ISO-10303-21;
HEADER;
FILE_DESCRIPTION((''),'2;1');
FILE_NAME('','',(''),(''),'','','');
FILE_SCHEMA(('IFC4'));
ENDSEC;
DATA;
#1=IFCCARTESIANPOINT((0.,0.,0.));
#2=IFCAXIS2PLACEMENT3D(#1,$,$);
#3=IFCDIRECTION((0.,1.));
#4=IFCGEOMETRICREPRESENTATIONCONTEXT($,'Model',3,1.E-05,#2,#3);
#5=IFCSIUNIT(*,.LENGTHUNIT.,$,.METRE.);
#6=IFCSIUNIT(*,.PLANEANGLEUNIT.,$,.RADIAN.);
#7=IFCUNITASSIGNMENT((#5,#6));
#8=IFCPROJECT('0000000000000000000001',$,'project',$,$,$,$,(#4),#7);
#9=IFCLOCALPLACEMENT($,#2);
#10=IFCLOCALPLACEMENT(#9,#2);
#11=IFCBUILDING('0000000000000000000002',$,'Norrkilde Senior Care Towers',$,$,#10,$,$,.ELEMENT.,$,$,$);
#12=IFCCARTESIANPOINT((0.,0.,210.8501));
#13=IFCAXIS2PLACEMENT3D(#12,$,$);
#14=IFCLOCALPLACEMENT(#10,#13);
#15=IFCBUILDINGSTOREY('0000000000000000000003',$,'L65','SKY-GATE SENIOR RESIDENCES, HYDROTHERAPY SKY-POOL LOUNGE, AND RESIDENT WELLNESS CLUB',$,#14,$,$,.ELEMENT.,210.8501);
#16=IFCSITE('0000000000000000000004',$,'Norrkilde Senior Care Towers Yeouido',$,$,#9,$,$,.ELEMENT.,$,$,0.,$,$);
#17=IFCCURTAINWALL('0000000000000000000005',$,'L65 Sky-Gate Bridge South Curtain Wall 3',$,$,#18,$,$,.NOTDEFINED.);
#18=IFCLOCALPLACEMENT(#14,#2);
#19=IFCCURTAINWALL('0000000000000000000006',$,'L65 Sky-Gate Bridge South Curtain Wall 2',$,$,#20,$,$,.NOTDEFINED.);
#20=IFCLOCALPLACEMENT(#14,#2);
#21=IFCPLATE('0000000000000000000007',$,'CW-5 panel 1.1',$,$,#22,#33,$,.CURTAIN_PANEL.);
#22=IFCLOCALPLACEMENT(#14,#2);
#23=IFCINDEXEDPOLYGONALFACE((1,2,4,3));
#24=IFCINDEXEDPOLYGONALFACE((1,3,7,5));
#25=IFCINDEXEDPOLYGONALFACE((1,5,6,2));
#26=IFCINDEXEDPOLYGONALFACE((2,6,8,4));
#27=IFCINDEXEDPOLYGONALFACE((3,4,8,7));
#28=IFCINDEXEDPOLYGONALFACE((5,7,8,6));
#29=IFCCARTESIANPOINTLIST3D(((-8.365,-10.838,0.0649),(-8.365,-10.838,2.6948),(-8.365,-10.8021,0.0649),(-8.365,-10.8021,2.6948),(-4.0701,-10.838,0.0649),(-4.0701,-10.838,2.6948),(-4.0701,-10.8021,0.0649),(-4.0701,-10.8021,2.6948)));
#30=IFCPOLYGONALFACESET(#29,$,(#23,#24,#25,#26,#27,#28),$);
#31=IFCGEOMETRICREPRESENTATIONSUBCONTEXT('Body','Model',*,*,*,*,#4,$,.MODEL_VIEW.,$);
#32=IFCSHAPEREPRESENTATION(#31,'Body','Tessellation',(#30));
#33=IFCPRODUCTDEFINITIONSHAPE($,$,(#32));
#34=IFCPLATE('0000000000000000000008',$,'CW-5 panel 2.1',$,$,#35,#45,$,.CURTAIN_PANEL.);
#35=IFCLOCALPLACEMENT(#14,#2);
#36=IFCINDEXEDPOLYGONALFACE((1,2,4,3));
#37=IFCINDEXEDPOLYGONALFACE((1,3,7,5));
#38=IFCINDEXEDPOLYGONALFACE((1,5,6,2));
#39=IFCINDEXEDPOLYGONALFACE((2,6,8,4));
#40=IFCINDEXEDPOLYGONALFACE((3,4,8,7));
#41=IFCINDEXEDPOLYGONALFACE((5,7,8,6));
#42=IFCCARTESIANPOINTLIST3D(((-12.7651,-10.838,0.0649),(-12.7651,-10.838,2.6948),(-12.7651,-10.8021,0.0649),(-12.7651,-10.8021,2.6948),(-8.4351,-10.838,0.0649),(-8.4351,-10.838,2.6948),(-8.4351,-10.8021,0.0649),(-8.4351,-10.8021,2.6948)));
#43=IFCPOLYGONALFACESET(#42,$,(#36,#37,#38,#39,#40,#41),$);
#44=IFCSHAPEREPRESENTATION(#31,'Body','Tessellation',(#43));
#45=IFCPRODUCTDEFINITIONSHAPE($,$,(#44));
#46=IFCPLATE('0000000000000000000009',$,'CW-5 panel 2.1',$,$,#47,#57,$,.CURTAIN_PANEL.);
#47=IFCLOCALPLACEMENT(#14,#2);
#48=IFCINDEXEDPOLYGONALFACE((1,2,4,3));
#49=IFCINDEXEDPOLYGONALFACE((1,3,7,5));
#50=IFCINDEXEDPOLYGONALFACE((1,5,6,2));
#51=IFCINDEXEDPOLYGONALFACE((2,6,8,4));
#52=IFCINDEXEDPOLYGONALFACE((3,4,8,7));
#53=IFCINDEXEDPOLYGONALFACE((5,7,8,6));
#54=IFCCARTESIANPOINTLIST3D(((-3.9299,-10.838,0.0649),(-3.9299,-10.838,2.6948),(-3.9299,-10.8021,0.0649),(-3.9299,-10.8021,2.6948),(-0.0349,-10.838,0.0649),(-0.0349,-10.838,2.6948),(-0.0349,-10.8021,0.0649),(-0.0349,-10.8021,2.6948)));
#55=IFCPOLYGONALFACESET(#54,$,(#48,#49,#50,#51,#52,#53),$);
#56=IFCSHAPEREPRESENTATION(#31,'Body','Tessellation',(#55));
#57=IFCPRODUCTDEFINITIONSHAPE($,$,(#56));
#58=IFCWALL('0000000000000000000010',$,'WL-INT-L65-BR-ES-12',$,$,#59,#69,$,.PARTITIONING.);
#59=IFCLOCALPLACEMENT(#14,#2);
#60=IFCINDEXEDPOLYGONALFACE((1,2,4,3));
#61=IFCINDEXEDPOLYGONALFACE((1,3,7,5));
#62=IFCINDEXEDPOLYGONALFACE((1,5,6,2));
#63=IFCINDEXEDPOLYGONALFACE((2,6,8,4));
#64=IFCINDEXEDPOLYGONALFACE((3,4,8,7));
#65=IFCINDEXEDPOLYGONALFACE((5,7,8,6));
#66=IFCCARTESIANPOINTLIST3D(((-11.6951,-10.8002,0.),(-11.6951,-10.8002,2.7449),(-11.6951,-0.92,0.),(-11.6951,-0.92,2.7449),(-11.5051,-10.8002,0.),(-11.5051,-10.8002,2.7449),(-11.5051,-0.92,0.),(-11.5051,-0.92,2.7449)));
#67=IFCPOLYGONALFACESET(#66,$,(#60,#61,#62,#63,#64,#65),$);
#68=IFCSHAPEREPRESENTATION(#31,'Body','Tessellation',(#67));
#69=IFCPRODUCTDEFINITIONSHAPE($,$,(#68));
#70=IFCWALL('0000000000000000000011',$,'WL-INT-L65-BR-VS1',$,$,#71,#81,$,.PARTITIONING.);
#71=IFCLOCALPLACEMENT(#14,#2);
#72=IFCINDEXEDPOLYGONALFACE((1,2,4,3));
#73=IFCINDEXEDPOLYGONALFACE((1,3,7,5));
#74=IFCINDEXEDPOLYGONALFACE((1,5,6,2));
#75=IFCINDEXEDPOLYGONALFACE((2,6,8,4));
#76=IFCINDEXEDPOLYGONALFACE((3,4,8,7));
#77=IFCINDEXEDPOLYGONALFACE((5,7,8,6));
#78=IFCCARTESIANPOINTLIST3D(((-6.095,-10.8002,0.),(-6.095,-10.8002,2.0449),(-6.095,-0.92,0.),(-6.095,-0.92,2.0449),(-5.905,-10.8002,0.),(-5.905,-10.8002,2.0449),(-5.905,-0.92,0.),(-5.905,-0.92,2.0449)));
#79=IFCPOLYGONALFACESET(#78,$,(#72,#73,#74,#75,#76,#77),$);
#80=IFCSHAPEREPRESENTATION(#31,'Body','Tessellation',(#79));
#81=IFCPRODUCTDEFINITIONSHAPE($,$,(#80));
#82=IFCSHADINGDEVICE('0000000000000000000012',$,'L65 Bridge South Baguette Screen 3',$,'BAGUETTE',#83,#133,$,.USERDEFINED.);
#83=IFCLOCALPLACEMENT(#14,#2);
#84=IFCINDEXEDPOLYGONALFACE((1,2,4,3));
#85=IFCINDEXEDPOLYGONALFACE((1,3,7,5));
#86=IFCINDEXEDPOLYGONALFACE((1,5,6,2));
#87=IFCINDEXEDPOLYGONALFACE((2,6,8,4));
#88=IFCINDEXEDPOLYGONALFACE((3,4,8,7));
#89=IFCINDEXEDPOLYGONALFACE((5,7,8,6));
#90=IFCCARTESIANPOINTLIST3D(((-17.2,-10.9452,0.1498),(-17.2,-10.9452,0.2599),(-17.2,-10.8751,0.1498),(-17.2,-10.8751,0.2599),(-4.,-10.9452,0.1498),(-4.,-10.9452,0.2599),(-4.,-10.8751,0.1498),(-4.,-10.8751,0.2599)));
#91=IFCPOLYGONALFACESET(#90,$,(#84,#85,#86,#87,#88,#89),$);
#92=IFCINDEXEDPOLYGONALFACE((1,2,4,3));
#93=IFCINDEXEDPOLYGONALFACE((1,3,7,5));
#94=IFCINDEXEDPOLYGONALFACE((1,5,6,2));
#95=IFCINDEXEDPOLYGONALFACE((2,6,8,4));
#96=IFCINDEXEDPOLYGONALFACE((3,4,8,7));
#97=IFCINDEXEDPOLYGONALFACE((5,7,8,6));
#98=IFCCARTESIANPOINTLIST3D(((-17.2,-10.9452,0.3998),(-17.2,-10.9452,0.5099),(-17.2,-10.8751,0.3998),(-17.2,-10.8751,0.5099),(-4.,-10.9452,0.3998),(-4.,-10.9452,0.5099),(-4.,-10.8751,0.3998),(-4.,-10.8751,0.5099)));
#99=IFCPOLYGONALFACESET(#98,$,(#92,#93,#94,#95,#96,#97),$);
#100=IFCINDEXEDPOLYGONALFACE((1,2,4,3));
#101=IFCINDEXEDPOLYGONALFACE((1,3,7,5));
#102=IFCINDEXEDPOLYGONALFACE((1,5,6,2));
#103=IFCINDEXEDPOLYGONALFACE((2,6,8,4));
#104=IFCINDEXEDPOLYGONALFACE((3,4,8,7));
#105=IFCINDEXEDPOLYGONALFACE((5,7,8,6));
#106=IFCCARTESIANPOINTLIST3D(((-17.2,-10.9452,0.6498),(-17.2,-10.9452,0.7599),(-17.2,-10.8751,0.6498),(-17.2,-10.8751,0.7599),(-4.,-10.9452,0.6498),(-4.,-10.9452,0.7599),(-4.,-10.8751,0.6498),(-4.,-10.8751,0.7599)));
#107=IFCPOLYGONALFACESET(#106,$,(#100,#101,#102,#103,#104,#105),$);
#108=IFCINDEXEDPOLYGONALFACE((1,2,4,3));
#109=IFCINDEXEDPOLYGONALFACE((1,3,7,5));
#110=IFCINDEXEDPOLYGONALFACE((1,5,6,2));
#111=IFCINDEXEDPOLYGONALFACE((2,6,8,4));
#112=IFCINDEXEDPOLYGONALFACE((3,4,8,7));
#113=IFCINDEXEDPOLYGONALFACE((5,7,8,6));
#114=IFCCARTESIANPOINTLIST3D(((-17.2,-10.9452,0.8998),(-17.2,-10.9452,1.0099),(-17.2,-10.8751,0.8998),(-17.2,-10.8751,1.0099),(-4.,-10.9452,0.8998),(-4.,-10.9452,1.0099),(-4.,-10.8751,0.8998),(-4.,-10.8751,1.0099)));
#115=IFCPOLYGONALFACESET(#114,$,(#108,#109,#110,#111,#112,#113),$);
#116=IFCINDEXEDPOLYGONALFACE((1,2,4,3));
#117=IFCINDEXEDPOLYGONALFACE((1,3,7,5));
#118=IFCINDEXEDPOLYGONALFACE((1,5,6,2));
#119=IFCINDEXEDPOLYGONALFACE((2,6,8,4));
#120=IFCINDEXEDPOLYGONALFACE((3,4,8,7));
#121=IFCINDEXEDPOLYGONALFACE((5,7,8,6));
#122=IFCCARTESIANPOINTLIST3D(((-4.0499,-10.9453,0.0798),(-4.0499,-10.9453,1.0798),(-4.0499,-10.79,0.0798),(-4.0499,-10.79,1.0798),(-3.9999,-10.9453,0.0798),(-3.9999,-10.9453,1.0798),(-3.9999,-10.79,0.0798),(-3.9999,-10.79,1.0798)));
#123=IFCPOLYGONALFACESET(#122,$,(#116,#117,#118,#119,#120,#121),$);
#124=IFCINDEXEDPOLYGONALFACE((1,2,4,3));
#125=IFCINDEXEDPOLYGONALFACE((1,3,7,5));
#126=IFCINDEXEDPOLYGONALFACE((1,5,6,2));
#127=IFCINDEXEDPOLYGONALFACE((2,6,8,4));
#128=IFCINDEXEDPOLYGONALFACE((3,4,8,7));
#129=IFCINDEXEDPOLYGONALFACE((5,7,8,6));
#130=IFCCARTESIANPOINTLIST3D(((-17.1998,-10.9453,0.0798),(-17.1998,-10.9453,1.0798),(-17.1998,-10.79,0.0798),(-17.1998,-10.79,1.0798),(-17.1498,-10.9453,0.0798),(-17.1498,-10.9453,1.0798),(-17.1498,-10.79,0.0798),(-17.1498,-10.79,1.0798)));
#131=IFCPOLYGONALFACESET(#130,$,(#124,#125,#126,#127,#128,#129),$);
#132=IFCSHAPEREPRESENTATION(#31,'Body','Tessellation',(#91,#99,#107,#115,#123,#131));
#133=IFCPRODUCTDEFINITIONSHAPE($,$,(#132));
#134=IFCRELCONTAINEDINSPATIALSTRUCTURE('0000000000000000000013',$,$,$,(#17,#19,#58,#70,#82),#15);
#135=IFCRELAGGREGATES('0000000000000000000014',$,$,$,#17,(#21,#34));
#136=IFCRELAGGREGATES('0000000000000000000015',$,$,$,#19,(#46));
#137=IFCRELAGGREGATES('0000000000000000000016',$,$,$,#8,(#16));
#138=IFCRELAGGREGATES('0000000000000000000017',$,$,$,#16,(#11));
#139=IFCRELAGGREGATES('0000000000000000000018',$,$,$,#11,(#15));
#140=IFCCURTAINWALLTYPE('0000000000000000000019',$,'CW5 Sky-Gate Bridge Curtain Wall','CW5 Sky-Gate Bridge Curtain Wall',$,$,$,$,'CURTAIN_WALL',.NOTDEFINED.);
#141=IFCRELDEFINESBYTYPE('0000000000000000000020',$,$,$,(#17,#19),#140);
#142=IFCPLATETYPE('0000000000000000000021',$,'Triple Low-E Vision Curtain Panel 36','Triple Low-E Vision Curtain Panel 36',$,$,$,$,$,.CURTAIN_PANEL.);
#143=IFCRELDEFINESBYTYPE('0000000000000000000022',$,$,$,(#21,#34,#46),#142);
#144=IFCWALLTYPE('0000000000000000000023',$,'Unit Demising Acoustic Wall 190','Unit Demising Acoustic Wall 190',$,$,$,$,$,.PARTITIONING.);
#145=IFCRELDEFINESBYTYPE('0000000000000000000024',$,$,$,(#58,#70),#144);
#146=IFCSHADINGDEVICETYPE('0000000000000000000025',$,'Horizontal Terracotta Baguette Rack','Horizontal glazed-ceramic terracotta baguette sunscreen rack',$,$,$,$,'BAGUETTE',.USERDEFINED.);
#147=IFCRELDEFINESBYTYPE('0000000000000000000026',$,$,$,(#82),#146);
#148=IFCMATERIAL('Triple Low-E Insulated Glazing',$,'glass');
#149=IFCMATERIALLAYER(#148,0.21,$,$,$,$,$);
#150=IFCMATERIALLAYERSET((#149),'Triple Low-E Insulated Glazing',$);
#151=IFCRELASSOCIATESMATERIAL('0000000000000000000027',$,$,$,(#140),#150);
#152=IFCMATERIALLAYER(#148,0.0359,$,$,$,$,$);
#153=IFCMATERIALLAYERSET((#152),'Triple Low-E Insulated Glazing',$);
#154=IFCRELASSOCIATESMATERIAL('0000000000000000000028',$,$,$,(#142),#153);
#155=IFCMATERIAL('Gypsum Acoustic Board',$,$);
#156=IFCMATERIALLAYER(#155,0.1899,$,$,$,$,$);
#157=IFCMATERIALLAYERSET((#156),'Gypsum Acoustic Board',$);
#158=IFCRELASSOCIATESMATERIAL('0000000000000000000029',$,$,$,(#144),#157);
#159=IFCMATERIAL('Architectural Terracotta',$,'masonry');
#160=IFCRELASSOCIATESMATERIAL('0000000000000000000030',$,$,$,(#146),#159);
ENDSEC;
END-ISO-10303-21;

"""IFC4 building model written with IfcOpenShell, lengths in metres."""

from ifc_helpers import new_model, si_unit, direction, frame, frame_2d, origin, origin_2d, place, context, subcontext, project, spatial, rectangle, extrude, source, transform, mapped, material, layer, layer_set, type_object, type_shapes, element, aggregate, save


model = new_model("IFC4")

# Units and contexts
model_context = context("Model", 3, precision=1e-05, world=origin(), true_north=direction((0.0, 1.0)))
body_context = subcontext(model_context, "Body", "Model", "MODEL_VIEW")
ifc_project = project(units=[si_unit("LENGTHUNIT", "METRE"), si_unit("PLANEANGLEUNIT", "RADIAN")], contexts=[model_context])

# Site, building, storey
site_placement = place(None, origin())
site = spatial("IfcSite", under=ifc_project, at=site_placement, Name="Norrkilde Senior Care Towers Yeouido", CompositionType="ELEMENT", RefElevation=0.0)
building_placement = place(site_placement, origin())
building = spatial("IfcBuilding", under=site, at=building_placement, Name="Norrkilde Senior Care Towers", CompositionType="ELEMENT")
storey_placement = place(building_placement, frame((0.0, 0.0, 210.8501)))
storey = spatial("IfcBuildingStorey", under=building, at=storey_placement, Name="L65", Description="SKY-GATE SENIOR RESIDENCES, HYDROTHERAPY SKY-POOL LOUNGE, AND RESIDENT WELLNESS CLUB", CompositionType="ELEMENT", Elevation=210.8501)

# Curtain walls
ifc_material_1 = material(Name="Triple Low-E Insulated Glazing", Category="glass")
ifc_layer_1 = layer(ifc_material_1, 0.21)
ifc_layer_set_1 = layer_set([ifc_layer_1], Name="Triple Low-E Insulated Glazing")
curtain_wall_type = type_object("IfcCurtainWallType", Name="CW5 Sky-Gate Bridge Curtain Wall", Description="CW5 Sky-Gate Bridge Curtain Wall", ElementType="CURTAIN_WALL", PredefinedType="NOTDEFINED", material=ifc_layer_set_1)
curtain_wall_1_placement = place(storey_placement, origin())
curtain_wall_1 = element("IfcCurtainWall", 1, at=curtain_wall_1_placement, inside=storey, type_object=curtain_wall_type, Name="L65 Sky-Gate Bridge South Curtain Wall 3", PredefinedType="NOTDEFINED")
curtain_wall_2_placement = place(storey_placement, origin())
curtain_wall_2 = element("IfcCurtainWall", 2, at=curtain_wall_2_placement, inside=storey, type_object=curtain_wall_type, Name="L65 Sky-Gate Bridge South Curtain Wall 2", PredefinedType="NOTDEFINED")

# Plates
ifc_layer_2 = layer(ifc_material_1, 0.0359)
ifc_layer_set_2 = layer_set([ifc_layer_2], Name="Triple Low-E Insulated Glazing")
plate_type = type_object("IfcPlateType", Name="Triple Low-E Vision Curtain Panel 36", Description="Triple Low-E Vision Curtain Panel 36", PredefinedType="CURTAIN_PANEL", material=ifc_layer_set_2)
shared_shape_1 = source(origin(), body_context, "Body", "SweptSolid", [
    extrude(rectangle(XDim=4.2949, YDim=0.0359, at=origin_2d()), origin(), (0.0, 0.0, 1.0), 2.6299),
])
plate_1_placement = place(storey_placement, frame((-6.2175, -10.8201, 0.0649), z_axis=(0.0, 0.0, 1.0), x_axis=(-1.0, 0.0, 0.0)))
plate_1 = element("IfcPlate", 3, at=plate_1_placement, type_object=plate_type, Name="CW-5 panel 1.1", PredefinedType="CURTAIN_PANEL", context=body_context, shape_type="MappedRepresentation", body=[
    mapped(shared_shape_1, transform((0.0, 0.0, 0.0), x_axis=(1.0, 0.0, 0.0), y_axis=(0.0, 1.0, 0.0), z_axis=(0.0, 0.0, 1.0), scale=1.0)),
])
shared_shape_2 = source(origin(), body_context, "Body", "SweptSolid", [
    extrude(rectangle(XDim=4.3301, YDim=0.0359, at=origin_2d()), origin(), (0.0, 0.0, 1.0), 2.6299),
])
plate_2_placement = place(storey_placement, frame((-10.6001, -10.8201, 0.0649), z_axis=(0.0, 0.0, 1.0), x_axis=(-1.0, 0.0, 0.0)))
plate_2 = element("IfcPlate", 4, at=plate_2_placement, type_object=plate_type, Name="CW-5 panel 2.1", PredefinedType="CURTAIN_PANEL", context=body_context, shape_type="MappedRepresentation", body=[
    mapped(shared_shape_2, transform((0.0, 0.0, 0.0), x_axis=(1.0, 0.0, 0.0), y_axis=(0.0, 1.0, 0.0), z_axis=(0.0, 0.0, 1.0), scale=1.0)),
])
aggregate(curtain_wall_1, [plate_1, plate_2])
shared_shape_3 = source(origin(), body_context, "Body", "SweptSolid", [
    extrude(rectangle(XDim=3.895, YDim=0.0359, at=origin_2d()), origin(), (0.0, 0.0, 1.0), 2.6299),
])
type_shapes(plate_type, [shared_shape_1, shared_shape_2, shared_shape_3])
plate_3_placement = place(storey_placement, frame((-1.9824, -10.8201, 0.0649), z_axis=(0.0, 0.0, 1.0), x_axis=(-1.0, 0.0, 0.0)))
plate_3 = element("IfcPlate", 5, at=plate_3_placement, type_object=plate_type, Name="CW-5 panel 2.1", PredefinedType="CURTAIN_PANEL", context=body_context, shape_type="MappedRepresentation", body=[
    mapped(shared_shape_3, transform((0.0, 0.0, 0.0), x_axis=(1.0, 0.0, 0.0), y_axis=(0.0, 1.0, 0.0), z_axis=(0.0, 0.0, 1.0), scale=1.0)),
])
aggregate(curtain_wall_2, [plate_3])

# Shared definitions
ifc_material_2 = material(Name="Gypsum Acoustic Board")

# Walls
ifc_layer_3 = layer(ifc_material_2, 0.1899)
ifc_layer_set_3 = layer_set([ifc_layer_3], Name="Gypsum Acoustic Board")
wall_type_1 = type_object("IfcWallType", Name="Unit Demising Acoustic Wall 190", Description="Unit Demising Acoustic Wall 190", PredefinedType="PARTITIONING", material=ifc_layer_set_3)
shared_shape_4 = source(origin(), body_context, "Body", "SweptSolid", [
    extrude(rectangle(XDim=9.8801, YDim=0.1899, at=frame_2d((4.9399, 0.0))), origin(), (0.0, 0.0, 1.0), 2.7449),
])
wall_1_placement = place(storey_placement, frame((-11.6001, -10.8, 0.0), z_axis=(0.0, 0.0, 1.0), x_axis=(0.0, 1.0, 0.0)))
element("IfcWall", 6, at=wall_1_placement, inside=storey, type_object=wall_type_1, Name="WL-INT-L65-BR-ES-12", PredefinedType="PARTITIONING", context=body_context, shape_type="MappedRepresentation", body=[
    mapped(shared_shape_4, transform((0.0, 0.0, 0.0), x_axis=(1.0, 0.0, 0.0), y_axis=(0.0, 1.0, 0.0), z_axis=(0.0, 0.0, 1.0), scale=1.0)),
])
shared_shape_5 = source(origin(), body_context, "Body", "SweptSolid", [
    extrude(rectangle(XDim=9.8801, YDim=0.1899, at=frame_2d((4.9399, 0.0))), origin(), (0.0, 0.0, 1.0), 2.0449),
])
type_shapes(wall_type_1, [shared_shape_4, shared_shape_5])
wall_2_placement = place(storey_placement, frame((-6.0, -10.8, 0.0), z_axis=(0.0, 0.0, 1.0), x_axis=(0.0, 1.0, 0.0)))
element("IfcWall", 7, at=wall_2_placement, inside=storey, type_object=wall_type_1, Name="WL-INT-L65-BR-VS1", PredefinedType="PARTITIONING", context=body_context, shape_type="MappedRepresentation", body=[
    mapped(shared_shape_5, transform((0.0, 0.0, 0.0), x_axis=(1.0, 0.0, 0.0), y_axis=(0.0, 1.0, 0.0), z_axis=(0.0, 0.0, 1.0), scale=1.0)),
])

# Shading device
ifc_material_3 = material(Name="Architectural Terracotta", Category="masonry")
shading_device_type = type_object("IfcShadingDeviceType", Name="Horizontal Terracotta Baguette Rack", Description="Horizontal glazed-ceramic terracotta baguette sunscreen rack", ElementType="BAGUETTE", PredefinedType="USERDEFINED", material=ifc_material_3)
shared_shape_6 = source(origin(), body_context, "Body", "SweptSolid", [
    extrude(rectangle(XDim=0.0701, YDim=0.1101, at=origin_2d()), frame((0.0, 0.0901, 0.125), z_axis=(1.0, 0.0, 0.0), x_axis=(0.0, 1.0, 0.0)), (0.0, 0.0, 1.0), 13.2),
    extrude(rectangle(XDim=0.0701, YDim=0.1101, at=origin_2d()), frame((0.0, 0.0901, 0.375), z_axis=(1.0, 0.0, 0.0), x_axis=(0.0, 1.0, 0.0)), (0.0, 0.0, 1.0), 13.2),
    extrude(rectangle(XDim=0.0701, YDim=0.1101, at=origin_2d()), frame((0.0, 0.0901, 0.625), z_axis=(1.0, 0.0, 0.0), x_axis=(0.0, 1.0, 0.0)), (0.0, 0.0, 1.0), 13.2),
    extrude(rectangle(XDim=0.0701, YDim=0.1101, at=origin_2d()), frame((0.0, 0.0901, 0.875), z_axis=(1.0, 0.0, 0.0), x_axis=(0.0, 1.0, 0.0)), (0.0, 0.0, 1.0), 13.2),
    extrude(rectangle(XDim=0.05, YDim=0.1553, at=origin_2d()), frame((0.0249, 0.0476, 0.0)), (0.0, 0.0, 1.0), 1.0),
    extrude(rectangle(XDim=0.05, YDim=0.1553, at=origin_2d()), frame((13.1748, 0.0476, 0.0)), (0.0, 0.0, 1.0), 1.0),
])
type_shapes(shading_device_type, [shared_shape_6])
shading_device_placement = place(storey_placement, frame((-4.0, -10.8201, 0.0798), z_axis=(0.0, 0.0, 1.0), x_axis=(-1.0, 0.0, 0.0)))
element("IfcShadingDevice", 8, at=shading_device_placement, inside=storey, type_object=shading_device_type, Name="L65 Bridge South Baguette Screen 3", ObjectType="BAGUETTE", PredefinedType="USERDEFINED", context=body_context, shape_type="MappedRepresentation", body=[
    mapped(shared_shape_6, transform((0.0, 0.0, 0.0), x_axis=(1.0, 0.0, 0.0), y_axis=(0.0, 1.0, 0.0), z_axis=(0.0, 0.0, 1.0), scale=1.0)),
])

save(model, "model.ifc")
